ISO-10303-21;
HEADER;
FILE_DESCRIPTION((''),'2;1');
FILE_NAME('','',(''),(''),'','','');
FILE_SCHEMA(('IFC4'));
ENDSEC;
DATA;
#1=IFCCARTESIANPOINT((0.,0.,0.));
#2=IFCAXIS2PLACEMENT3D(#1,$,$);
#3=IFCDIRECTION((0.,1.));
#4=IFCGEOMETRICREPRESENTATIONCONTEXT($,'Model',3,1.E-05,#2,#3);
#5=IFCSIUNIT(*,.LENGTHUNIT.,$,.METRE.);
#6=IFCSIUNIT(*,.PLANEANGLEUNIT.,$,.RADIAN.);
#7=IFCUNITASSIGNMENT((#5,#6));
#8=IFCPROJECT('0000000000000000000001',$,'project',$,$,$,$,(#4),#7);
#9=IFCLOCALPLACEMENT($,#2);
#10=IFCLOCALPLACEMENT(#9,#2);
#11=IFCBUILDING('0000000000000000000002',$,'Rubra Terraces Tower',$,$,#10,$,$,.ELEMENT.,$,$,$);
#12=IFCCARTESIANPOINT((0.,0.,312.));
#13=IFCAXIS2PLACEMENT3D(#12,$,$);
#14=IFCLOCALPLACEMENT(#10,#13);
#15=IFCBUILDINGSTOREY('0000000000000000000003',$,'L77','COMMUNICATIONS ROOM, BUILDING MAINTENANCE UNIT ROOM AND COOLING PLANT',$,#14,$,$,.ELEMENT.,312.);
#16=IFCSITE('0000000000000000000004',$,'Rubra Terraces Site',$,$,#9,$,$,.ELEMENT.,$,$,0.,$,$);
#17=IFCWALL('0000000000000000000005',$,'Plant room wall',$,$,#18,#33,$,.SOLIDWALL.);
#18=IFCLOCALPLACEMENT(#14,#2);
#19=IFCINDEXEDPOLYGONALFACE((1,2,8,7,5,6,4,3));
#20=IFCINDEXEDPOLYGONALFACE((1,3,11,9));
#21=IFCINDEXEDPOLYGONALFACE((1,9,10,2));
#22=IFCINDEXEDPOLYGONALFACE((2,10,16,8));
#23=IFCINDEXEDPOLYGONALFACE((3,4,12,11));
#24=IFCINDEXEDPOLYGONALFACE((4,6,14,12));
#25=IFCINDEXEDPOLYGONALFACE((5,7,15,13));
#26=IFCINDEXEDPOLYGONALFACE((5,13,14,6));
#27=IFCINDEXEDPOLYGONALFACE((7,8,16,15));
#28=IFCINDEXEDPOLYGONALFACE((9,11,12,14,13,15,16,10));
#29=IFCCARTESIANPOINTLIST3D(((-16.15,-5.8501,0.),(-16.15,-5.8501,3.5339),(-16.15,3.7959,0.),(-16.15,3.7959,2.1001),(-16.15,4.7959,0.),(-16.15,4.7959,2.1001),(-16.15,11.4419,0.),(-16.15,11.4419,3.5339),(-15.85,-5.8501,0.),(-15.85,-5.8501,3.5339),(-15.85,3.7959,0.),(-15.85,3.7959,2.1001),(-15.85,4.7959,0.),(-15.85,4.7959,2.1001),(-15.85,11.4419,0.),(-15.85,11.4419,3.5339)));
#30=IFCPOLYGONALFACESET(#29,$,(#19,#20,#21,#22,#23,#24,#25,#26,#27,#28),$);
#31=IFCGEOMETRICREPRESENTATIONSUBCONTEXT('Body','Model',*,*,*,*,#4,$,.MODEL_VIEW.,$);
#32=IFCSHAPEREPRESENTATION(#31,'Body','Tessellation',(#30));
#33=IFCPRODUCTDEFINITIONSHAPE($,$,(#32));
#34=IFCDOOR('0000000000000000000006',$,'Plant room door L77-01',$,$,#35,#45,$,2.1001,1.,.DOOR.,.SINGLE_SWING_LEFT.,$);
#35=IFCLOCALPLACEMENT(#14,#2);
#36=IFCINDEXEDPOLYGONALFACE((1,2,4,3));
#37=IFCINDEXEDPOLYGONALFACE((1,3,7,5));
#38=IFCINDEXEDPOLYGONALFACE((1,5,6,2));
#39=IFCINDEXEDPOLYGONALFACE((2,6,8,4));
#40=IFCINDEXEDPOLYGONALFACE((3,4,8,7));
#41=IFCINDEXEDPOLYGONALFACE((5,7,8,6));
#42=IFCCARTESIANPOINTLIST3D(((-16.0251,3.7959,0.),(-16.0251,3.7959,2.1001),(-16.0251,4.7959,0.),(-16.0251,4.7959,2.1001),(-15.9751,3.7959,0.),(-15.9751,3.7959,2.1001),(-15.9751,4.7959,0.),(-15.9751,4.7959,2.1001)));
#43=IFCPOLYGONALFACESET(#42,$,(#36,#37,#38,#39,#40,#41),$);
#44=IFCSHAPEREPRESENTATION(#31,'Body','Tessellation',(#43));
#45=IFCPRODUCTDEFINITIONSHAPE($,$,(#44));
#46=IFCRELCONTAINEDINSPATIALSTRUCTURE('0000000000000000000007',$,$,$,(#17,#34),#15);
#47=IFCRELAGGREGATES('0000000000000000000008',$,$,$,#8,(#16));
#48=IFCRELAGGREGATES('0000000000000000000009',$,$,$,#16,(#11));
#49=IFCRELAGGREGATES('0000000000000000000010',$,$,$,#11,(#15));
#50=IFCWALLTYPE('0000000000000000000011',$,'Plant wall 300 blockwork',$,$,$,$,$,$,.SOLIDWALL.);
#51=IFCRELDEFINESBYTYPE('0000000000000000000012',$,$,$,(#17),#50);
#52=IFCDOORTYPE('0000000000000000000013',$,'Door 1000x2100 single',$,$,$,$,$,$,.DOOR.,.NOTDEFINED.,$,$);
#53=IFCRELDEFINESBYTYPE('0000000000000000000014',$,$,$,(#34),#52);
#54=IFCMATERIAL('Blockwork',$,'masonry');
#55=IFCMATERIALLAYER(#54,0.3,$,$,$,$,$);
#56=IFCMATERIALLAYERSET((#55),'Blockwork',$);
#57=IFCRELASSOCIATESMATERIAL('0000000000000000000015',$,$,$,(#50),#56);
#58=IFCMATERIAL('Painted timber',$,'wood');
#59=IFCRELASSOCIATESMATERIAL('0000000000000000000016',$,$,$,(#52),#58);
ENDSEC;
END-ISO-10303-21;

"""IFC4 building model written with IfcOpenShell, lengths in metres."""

from ifc_helpers import new_model, si_unit, direction, frame, frame_2d, origin, place, context, subcontext, project, spatial, rectangle, extrude, material, layer, layer_set, type_object, element, fill, save


model = new_model("IFC4")

# Units and contexts
model_context = context("Model", 3, precision=1e-05, world=origin(), true_north=direction((0.0, 1.0)))
body_context = subcontext(model_context, "Body", "Model", "MODEL_VIEW")
ifc_project = project(units=[si_unit("LENGTHUNIT", "METRE"), si_unit("PLANEANGLEUNIT", "RADIAN")], contexts=[model_context])

# Site, building, storey
site_placement = place(None, origin())
site = spatial("IfcSite", under=ifc_project, at=site_placement, Name="Rubra Terraces Site", CompositionType="ELEMENT", RefElevation=0.0)
building_placement = place(site_placement, origin())
building = spatial("IfcBuilding", under=site, at=building_placement, Name="Rubra Terraces Tower", CompositionType="ELEMENT")
storey_placement = place(building_placement, frame((0.0, 0.0, 312.0)))
storey = spatial("IfcBuildingStorey", under=building, at=storey_placement, Name="L77", Description="COMMUNICATIONS ROOM, BUILDING MAINTENANCE UNIT ROOM AND COOLING PLANT", CompositionType="ELEMENT", Elevation=312.0)

# Wall, opening, door
ifc_material_1 = material(Name="Blockwork", Category="masonry")
ifc_layer_1 = layer(ifc_material_1, 0.3)
ifc_layer_set_1 = layer_set([ifc_layer_1], Name="Blockwork")
wall_type_1 = type_object("IfcWallType", Name="Plant wall 300 blockwork", PredefinedType="SOLIDWALL", material=ifc_layer_set_1)
wall_1_placement = place(storey_placement, frame((-16.0, 11.4419, 0.0), z_axis=(0.0, 0.0, 1.0), x_axis=(0.0, -1.0, 0.0)))
wall_1 = element("IfcWall", 1, at=wall_1_placement, inside=storey, type_object=wall_type_1, Name="Plant room wall", PredefinedType="SOLIDWALL", context=body_context, shape_type="SweptSolid", body=[
    extrude(rectangle(XDim=17.292, YDim=0.3, at=frame_2d((8.646, 0.0))), origin(), (0.0, 0.0, 1.0), 3.5339),
])
opening_1_placement = place(wall_1_placement, frame((6.646, 0.0, 0.0)))
opening_1 = element("IfcOpeningElement", 2, at=opening_1_placement, cuts=wall_1, PredefinedType="OPENING", context=body_context, shape_type="SweptSolid", body=[
    extrude(rectangle(XDim=1.0, YDim=2.1001, at=frame_2d((0.5, 1.05))), frame((0.0, 0.1599, 0.0), z_axis=(0.0, -1.0, 0.0), x_axis=(1.0, 0.0, 0.0)), (0.0, 0.0, 1.0), 0.3201),
])
ifc_material_2 = material(Name="Painted timber", Category="wood")
door_type_1 = type_object("IfcDoorType", Name="Door 1000x2100 single", OperationType="NOTDEFINED", PredefinedType="DOOR", material=ifc_material_2)
door_1_placement = place(opening_1_placement, origin())
door_1 = element("IfcDoor", 3, at=door_1_placement, inside=storey, type_object=door_type_1, Name="Plant room door L77-01", OperationType="SINGLE_SWING_LEFT", OverallHeight=2.1001, OverallWidth=1.0, PredefinedType="DOOR", context=body_context, shape_type="SweptSolid", body=[
    extrude(rectangle(XDim=1.0, YDim=2.1001, at=frame_2d((0.5, 1.05))), frame((0.0, 0.0249, 0.0), z_axis=(0.0, -1.0, 0.0), x_axis=(1.0, 0.0, 0.0)), (0.0, 0.0, 1.0), 0.05),
])
fill(opening_1, door_1)

save(model, "model.ifc")
